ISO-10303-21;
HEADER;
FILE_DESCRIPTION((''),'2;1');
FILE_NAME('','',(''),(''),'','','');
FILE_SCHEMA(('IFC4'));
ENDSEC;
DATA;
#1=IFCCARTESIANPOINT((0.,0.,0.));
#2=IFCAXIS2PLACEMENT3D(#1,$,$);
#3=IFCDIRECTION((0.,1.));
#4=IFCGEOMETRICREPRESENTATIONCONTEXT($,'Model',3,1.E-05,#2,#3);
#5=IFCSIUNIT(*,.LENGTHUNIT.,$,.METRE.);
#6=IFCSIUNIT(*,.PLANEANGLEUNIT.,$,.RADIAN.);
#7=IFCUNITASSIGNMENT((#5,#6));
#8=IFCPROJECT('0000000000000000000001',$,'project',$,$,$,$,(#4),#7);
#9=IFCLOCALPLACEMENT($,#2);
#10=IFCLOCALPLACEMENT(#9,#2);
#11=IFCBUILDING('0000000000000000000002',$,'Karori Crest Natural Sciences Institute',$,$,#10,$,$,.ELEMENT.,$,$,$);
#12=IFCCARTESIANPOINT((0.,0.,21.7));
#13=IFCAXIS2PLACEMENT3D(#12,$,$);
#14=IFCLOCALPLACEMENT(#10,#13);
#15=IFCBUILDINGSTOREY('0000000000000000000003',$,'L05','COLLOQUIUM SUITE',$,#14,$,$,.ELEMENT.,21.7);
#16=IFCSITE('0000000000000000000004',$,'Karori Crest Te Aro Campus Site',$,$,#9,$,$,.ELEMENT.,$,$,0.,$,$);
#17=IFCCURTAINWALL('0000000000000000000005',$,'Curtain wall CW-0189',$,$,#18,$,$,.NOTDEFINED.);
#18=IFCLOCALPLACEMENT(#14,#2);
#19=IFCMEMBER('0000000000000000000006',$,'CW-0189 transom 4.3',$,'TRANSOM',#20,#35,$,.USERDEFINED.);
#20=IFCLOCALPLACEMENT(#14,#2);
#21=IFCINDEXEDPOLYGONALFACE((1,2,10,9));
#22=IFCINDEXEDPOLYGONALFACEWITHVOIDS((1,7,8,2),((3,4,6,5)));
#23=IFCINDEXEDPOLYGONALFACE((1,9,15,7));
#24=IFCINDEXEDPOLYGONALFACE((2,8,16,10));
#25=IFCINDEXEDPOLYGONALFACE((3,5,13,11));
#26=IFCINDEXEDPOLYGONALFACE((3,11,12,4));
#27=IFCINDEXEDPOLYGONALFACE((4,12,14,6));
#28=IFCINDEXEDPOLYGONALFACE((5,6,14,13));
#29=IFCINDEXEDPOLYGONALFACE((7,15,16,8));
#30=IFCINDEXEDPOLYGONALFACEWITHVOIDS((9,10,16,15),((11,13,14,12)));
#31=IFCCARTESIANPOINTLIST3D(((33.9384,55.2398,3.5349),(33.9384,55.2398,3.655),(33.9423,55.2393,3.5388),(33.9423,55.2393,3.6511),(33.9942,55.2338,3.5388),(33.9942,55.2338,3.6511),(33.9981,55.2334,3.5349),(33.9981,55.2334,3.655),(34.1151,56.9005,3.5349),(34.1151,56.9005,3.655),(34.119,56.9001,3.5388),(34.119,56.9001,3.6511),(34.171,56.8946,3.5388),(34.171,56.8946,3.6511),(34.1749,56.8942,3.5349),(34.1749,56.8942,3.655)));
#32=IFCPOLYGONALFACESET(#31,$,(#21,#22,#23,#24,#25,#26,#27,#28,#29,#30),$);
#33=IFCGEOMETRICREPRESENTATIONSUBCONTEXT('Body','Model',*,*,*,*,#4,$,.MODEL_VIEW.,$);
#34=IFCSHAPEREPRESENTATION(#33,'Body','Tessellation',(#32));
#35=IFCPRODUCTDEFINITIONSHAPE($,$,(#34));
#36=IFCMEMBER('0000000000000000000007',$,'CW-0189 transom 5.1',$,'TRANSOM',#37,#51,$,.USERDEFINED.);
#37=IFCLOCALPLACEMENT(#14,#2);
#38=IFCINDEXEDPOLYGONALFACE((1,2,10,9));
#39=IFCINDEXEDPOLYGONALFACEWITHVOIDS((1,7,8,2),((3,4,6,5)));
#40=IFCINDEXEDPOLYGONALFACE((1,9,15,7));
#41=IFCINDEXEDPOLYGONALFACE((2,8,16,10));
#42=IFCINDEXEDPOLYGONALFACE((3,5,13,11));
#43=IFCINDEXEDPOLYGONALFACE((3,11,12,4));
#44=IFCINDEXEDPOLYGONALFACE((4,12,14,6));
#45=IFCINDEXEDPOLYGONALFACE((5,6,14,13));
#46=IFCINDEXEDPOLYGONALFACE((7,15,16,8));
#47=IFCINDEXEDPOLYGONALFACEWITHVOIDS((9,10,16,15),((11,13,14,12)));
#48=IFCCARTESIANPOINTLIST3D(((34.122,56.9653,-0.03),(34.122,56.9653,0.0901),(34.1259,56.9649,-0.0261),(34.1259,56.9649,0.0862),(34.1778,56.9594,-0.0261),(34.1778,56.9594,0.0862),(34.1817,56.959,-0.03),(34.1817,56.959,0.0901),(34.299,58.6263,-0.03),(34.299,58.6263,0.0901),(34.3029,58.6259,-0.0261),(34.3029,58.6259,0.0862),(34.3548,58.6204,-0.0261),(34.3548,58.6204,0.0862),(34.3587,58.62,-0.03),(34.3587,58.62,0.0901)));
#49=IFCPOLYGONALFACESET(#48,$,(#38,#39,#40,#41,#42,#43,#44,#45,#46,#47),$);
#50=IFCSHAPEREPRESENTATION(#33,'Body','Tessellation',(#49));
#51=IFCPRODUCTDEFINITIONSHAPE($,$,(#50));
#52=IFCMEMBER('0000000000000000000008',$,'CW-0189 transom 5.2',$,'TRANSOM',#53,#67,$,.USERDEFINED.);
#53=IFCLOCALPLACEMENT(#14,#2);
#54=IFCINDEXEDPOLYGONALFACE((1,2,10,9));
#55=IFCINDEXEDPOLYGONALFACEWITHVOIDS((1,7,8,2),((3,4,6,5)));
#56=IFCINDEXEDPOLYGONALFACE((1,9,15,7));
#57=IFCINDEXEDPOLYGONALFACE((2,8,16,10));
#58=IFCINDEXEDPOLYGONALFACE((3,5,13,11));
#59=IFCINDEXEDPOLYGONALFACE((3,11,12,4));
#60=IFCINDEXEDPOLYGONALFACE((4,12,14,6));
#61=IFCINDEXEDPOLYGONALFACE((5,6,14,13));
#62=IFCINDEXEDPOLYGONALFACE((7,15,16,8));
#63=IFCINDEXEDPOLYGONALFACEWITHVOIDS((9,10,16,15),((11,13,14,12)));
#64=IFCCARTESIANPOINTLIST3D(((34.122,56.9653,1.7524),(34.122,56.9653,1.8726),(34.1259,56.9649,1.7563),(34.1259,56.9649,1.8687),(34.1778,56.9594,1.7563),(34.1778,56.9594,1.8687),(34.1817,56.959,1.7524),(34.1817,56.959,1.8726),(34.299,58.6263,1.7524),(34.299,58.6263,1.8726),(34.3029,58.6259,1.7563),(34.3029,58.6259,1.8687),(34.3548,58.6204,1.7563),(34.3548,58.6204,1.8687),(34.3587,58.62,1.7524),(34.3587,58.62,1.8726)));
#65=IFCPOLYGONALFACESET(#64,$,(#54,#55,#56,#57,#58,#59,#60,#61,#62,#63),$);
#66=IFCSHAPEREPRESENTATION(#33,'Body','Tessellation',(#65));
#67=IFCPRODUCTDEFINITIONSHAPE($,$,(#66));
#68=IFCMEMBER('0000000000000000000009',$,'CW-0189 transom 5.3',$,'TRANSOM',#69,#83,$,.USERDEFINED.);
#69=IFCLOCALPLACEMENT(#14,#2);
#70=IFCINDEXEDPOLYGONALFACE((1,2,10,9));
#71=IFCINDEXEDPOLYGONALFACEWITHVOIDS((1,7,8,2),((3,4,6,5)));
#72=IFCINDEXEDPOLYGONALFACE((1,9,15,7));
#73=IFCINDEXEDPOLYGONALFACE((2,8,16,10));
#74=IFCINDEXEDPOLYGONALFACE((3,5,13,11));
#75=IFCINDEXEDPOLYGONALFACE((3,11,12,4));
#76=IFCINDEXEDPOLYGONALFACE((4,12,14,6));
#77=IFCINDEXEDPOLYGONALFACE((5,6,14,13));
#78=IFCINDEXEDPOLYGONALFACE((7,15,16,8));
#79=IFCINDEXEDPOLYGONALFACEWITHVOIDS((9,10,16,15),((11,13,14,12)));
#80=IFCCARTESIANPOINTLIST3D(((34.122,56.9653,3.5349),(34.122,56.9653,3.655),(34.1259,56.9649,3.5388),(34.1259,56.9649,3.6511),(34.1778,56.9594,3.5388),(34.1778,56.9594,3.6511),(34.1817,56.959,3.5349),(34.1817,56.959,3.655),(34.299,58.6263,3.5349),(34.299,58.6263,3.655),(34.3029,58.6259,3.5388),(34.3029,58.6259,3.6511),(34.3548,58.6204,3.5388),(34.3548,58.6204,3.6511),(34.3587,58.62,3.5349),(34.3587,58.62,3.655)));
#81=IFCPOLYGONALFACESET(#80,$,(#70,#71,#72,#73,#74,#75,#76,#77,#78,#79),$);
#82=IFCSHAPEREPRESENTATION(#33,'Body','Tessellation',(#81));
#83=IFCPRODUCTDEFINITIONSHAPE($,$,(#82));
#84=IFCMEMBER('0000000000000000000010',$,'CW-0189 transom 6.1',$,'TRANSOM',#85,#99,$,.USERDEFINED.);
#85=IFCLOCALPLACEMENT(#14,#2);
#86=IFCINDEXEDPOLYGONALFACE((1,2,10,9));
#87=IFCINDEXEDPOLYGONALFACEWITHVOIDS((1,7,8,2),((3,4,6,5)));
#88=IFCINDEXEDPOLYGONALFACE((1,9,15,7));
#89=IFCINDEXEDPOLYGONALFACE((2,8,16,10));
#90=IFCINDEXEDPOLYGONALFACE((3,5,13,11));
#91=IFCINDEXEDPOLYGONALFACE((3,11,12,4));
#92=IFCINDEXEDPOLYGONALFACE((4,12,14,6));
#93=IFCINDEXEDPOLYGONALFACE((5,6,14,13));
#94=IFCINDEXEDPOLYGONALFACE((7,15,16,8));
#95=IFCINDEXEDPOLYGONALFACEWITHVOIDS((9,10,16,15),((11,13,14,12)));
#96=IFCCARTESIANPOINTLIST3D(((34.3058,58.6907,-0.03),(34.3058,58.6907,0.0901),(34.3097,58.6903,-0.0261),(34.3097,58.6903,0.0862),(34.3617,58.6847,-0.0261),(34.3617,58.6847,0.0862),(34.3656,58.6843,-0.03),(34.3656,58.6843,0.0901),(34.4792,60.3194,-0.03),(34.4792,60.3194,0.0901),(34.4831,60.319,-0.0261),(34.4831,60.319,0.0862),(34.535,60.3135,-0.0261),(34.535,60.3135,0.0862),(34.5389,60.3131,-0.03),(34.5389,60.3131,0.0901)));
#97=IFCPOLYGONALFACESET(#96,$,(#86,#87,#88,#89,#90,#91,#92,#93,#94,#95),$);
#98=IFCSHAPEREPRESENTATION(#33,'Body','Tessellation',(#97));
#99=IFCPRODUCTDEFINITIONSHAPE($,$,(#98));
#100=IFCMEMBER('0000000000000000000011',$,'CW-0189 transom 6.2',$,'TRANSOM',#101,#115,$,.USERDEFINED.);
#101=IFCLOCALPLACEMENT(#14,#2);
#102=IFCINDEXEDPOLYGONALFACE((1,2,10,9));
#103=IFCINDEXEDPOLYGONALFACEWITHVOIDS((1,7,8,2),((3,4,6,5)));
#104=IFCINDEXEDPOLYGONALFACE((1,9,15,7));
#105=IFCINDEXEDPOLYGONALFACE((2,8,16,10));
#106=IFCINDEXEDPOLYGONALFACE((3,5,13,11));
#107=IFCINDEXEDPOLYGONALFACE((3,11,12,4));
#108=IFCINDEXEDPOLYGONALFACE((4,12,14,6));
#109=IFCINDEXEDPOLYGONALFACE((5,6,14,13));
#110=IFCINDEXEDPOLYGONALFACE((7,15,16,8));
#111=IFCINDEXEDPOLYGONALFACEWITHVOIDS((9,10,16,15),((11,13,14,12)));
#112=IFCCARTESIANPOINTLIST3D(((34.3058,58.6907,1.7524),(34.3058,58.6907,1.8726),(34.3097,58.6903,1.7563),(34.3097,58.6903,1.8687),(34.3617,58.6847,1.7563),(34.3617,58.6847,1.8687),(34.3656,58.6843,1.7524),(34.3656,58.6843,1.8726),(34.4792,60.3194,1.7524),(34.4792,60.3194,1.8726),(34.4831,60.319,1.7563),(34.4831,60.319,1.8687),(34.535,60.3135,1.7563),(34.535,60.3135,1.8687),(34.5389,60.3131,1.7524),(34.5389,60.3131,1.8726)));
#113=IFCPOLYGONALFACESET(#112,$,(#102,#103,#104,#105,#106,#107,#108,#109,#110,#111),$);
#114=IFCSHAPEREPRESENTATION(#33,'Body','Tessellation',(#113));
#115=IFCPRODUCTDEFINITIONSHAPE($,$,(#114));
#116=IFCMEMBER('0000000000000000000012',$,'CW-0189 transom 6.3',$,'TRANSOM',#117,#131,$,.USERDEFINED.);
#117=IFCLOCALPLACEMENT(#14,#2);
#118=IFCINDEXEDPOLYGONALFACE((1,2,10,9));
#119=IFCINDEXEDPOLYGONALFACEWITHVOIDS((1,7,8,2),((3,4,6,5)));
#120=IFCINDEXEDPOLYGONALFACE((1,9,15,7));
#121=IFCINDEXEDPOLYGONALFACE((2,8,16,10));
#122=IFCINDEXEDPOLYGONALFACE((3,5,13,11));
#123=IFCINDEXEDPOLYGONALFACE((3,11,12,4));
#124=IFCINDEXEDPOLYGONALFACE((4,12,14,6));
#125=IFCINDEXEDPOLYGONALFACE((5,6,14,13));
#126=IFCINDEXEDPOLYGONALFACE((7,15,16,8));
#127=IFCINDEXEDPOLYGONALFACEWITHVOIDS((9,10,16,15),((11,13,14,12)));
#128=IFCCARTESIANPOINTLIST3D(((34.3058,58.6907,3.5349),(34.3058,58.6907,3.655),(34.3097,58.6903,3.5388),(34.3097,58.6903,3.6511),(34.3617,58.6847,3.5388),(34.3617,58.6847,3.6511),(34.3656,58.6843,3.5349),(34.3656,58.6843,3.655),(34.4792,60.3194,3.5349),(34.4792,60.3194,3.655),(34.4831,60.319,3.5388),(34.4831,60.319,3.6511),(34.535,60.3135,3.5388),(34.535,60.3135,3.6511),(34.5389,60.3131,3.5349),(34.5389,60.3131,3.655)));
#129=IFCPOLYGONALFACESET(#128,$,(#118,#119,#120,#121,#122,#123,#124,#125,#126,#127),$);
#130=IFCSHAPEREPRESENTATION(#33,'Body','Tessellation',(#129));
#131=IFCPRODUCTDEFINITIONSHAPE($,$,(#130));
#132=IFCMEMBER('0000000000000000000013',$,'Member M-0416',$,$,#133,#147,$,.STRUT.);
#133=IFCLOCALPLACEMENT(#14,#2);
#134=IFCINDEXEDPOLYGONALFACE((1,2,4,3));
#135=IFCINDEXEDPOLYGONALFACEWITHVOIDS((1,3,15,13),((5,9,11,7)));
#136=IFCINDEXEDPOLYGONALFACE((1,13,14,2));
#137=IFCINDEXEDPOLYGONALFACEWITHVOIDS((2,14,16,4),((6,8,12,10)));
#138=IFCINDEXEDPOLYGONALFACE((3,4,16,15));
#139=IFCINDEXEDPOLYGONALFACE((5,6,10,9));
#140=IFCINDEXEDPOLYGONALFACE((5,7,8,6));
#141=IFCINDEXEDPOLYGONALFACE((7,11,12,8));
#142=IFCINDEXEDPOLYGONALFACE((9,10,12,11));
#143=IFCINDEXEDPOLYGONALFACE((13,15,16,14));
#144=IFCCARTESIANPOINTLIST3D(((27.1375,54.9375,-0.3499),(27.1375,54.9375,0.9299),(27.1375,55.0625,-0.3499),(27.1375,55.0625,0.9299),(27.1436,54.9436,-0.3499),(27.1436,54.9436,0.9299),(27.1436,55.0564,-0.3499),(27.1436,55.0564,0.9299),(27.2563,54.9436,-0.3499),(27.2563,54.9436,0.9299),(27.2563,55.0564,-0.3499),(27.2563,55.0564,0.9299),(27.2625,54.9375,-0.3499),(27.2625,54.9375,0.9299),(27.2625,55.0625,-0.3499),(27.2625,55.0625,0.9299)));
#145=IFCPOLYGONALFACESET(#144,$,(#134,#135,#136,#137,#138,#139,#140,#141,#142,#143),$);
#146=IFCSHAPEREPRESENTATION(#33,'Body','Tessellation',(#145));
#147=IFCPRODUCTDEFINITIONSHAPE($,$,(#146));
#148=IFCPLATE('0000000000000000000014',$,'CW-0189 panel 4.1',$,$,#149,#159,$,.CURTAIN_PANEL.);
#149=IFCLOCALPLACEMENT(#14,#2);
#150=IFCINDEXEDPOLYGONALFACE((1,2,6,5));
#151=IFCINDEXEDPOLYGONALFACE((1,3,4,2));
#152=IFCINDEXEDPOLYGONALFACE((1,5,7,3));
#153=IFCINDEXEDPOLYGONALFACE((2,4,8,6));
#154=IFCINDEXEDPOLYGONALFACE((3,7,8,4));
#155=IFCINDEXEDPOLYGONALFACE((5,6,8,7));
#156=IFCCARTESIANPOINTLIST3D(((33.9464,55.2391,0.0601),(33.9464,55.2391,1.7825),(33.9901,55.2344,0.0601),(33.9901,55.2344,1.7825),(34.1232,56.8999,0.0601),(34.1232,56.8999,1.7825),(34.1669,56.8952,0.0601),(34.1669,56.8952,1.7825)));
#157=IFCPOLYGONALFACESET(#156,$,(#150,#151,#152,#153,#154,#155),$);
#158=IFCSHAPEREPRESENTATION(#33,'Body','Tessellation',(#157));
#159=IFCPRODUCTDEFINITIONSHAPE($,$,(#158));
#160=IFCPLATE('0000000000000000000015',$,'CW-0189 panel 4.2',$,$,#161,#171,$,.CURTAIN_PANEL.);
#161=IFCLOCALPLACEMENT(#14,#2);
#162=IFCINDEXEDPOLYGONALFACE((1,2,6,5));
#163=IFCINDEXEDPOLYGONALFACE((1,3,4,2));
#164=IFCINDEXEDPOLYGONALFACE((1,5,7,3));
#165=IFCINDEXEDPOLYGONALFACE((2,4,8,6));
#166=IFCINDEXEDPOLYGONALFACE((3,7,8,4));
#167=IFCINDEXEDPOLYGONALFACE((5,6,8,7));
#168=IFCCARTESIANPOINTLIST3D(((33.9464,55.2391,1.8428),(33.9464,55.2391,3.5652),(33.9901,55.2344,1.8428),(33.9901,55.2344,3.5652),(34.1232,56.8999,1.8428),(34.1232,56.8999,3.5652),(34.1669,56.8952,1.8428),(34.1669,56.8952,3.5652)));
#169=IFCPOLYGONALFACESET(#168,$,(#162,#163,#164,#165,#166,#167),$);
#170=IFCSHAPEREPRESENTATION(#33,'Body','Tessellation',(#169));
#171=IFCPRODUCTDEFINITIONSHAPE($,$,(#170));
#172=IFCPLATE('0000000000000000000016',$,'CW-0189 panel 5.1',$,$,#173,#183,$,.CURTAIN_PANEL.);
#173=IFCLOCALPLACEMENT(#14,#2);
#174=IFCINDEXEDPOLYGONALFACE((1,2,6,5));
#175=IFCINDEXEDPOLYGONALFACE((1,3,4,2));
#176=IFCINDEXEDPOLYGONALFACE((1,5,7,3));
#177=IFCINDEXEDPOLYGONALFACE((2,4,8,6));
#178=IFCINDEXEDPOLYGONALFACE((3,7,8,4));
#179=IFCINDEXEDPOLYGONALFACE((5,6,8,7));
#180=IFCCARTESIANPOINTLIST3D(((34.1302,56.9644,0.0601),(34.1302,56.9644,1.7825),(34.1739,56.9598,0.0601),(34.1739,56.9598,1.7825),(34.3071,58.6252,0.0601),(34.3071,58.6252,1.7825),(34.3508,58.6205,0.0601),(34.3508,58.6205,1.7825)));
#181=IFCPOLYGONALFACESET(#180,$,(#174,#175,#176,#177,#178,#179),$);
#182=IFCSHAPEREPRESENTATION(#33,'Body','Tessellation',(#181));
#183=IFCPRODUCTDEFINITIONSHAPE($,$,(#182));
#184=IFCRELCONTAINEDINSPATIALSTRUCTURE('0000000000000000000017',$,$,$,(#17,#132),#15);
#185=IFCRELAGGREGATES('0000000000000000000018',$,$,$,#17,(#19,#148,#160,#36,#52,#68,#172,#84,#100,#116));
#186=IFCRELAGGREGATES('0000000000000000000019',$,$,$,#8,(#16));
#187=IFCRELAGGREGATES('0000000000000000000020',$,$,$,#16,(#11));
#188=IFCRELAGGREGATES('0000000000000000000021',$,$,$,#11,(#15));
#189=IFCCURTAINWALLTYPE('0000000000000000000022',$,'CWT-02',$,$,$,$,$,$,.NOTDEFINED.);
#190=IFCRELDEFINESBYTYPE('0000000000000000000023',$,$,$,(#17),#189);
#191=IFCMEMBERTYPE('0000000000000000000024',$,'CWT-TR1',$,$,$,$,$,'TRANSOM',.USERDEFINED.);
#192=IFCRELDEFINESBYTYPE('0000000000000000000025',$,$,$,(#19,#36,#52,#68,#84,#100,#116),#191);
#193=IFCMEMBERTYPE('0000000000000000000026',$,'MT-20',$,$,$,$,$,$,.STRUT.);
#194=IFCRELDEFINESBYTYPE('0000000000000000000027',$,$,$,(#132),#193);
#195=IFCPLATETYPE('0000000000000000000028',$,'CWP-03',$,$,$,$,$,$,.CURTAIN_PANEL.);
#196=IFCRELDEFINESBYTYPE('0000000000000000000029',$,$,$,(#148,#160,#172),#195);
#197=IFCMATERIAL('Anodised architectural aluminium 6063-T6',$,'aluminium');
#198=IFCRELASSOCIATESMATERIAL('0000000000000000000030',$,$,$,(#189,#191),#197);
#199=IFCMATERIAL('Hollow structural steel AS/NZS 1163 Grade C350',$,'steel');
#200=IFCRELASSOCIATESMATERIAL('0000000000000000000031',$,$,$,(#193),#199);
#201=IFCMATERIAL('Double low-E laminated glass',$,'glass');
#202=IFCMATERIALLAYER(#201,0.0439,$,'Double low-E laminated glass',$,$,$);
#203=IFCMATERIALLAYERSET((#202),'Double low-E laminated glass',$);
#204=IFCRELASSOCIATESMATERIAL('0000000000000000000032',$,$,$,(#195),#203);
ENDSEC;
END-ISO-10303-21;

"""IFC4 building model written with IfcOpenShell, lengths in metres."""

from ifc_helpers import new_model, si_unit, direction, frame, origin, origin_2d, place, context, subcontext, project, spatial, rectangle, hollow_rectangle, extrude, material, layer, layer_set, material_profile, profile_set, type_object, element, aggregate, save


model = new_model("IFC4")

# Units and contexts
model_context = context("Model", 3, precision=1e-05, world=origin(), true_north=direction((0.0, 1.0)))
body_context = subcontext(model_context, "Body", "Model", "MODEL_VIEW")
ifc_project = project(units=[si_unit("LENGTHUNIT", "METRE"), si_unit("PLANEANGLEUNIT", "RADIAN")], contexts=[model_context])

# Site, building, storey
site_placement = place(None, origin())
site = spatial("IfcSite", under=ifc_project, at=site_placement, Name="Karori Crest Te Aro Campus Site", CompositionType="ELEMENT", RefElevation=0.0)
building_placement = place(site_placement, origin())
building = spatial("IfcBuilding", under=site, at=building_placement, Name="Karori Crest Natural Sciences Institute", CompositionType="ELEMENT")
storey_placement = place(building_placement, frame((0.0, 0.0, 21.7)))
storey = spatial("IfcBuildingStorey", under=building, at=storey_placement, Name="L05", Description="COLLOQUIUM SUITE", CompositionType="ELEMENT", Elevation=21.7)

# Shared definitions
ifc_material_1 = material(Name="Hollow structural steel AS/NZS 1163 Grade C350", Category="steel")

# Shared definitions
ifc_material_2 = material(Name="Anodised architectural aluminium 6063-T6", Category="aluminium")

# Curtain wall, members
curtain_wall_type_1 = type_object("IfcCurtainWallType", Name="CWT-02", PredefinedType="NOTDEFINED", material=ifc_material_2)
curtain_wall_1_placement = place(storey_placement, origin())
curtain_wall_1 = element("IfcCurtainWall", 1, at=curtain_wall_1_placement, inside=storey, type_object=curtain_wall_type_1, Name="Curtain wall CW-0189", PredefinedType="NOTDEFINED")
ifc_material_profile_1 = material_profile(ifc_material_2, hollow_rectangle(XDim=0.0601, YDim=0.1201, WallThickness=0.0039, at=origin_2d()), Name="CWT120x60x4")
ifc_profile_set_1 = profile_set([ifc_material_profile_1], Name="Anodised architectural aluminium 6063-T6")
member_type_1 = type_object("IfcMemberType", Name="CWT-TR1", ElementType="TRANSOM", PredefinedType="USERDEFINED", material=ifc_profile_set_1)
member_1_placement = place(storey_placement, frame((33.9683, 55.2366, 3.595), z_axis=(0.105826, 0.994385, 0.0), x_axis=(-0.994385, 0.105826, 0.0)))
member_1 = element("IfcMember", 2, at=member_1_placement, type_object=member_type_1, Name="CW-0189 transom 4.3", ObjectType="TRANSOM", PredefinedType="USERDEFINED", context=body_context, shape_type="SweptSolid", body=[
    extrude(hollow_rectangle(XDim=0.0601, YDim=0.1201, WallThickness=0.0039, at=origin_2d()), origin(), (0.0, 0.0, 1.0), 1.6702),
])
member_2_placement = place(storey_placement, frame((34.1519, 56.9622, 0.03), z_axis=(0.105971, 0.994369, 0.0), x_axis=(-0.994369, 0.105971, 0.0)))
member_2 = element("IfcMember", 3, at=member_2_placement, type_object=member_type_1, Name="CW-0189 transom 5.1", ObjectType="TRANSOM", PredefinedType="USERDEFINED", context=body_context, shape_type="SweptSolid", body=[
    extrude(hollow_rectangle(XDim=0.0601, YDim=0.1201, WallThickness=0.0039, at=origin_2d()), origin(), (0.0, 0.0, 1.0), 1.6704),
])
member_3_placement = place(storey_placement, frame((34.1519, 56.9622, 1.8125), z_axis=(0.105971, 0.994369, 0.0), x_axis=(-0.994369, 0.105971, 0.0)))
member_3 = element("IfcMember", 4, at=member_3_placement, type_object=member_type_1, Name="CW-0189 transom 5.2", ObjectType="TRANSOM", PredefinedType="USERDEFINED", context=body_context, shape_type="SweptSolid", body=[
    extrude(hollow_rectangle(XDim=0.0601, YDim=0.1201, WallThickness=0.0039, at=origin_2d()), origin(), (0.0, 0.0, 1.0), 1.6704),
])
member_4_placement = place(storey_placement, frame((34.1519, 56.9622, 3.595), z_axis=(0.105971, 0.994369, 0.0), x_axis=(-0.994369, 0.105971, 0.0)))
member_4 = element("IfcMember", 5, at=member_4_placement, type_object=member_type_1, Name="CW-0189 transom 5.3", ObjectType="TRANSOM", PredefinedType="USERDEFINED", context=body_context, shape_type="SweptSolid", body=[
    extrude(hollow_rectangle(XDim=0.0601, YDim=0.1201, WallThickness=0.0039, at=origin_2d()), origin(), (0.0, 0.0, 1.0), 1.6704),
])
member_5_placement = place(storey_placement, frame((34.3357, 58.6875, 0.03), z_axis=(0.105833, 0.994384, 0.0), x_axis=(-0.994384, 0.105833, 0.0)))
member_5 = element("IfcMember", 6, at=member_5_placement, type_object=member_type_1, Name="CW-0189 transom 6.1", ObjectType="TRANSOM", PredefinedType="USERDEFINED", context=body_context, shape_type="SweptSolid", body=[
    extrude(hollow_rectangle(XDim=0.0601, YDim=0.1201, WallThickness=0.0039, at=origin_2d()), origin(), (0.0, 0.0, 1.0), 1.6379),
])
member_6_placement = place(storey_placement, frame((34.3357, 58.6875, 1.8125), z_axis=(0.105833, 0.994384, 0.0), x_axis=(-0.994384, 0.105833, 0.0)))
member_6 = element("IfcMember", 7, at=member_6_placement, type_object=member_type_1, Name="CW-0189 transom 6.2", ObjectType="TRANSOM", PredefinedType="USERDEFINED", context=body_context, shape_type="SweptSolid", body=[
    extrude(hollow_rectangle(XDim=0.0601, YDim=0.1201, WallThickness=0.0039, at=origin_2d()), origin(), (0.0, 0.0, 1.0), 1.6379),
])
member_7_placement = place(storey_placement, frame((34.3357, 58.6875, 3.595), z_axis=(0.105833, 0.994384, 0.0), x_axis=(-0.994384, 0.105833, 0.0)))
member_7 = element("IfcMember", 8, at=member_7_placement, type_object=member_type_1, Name="CW-0189 transom 6.3", ObjectType="TRANSOM", PredefinedType="USERDEFINED", context=body_context, shape_type="SweptSolid", body=[
    extrude(hollow_rectangle(XDim=0.0601, YDim=0.1201, WallThickness=0.0039, at=origin_2d()), origin(), (0.0, 0.0, 1.0), 1.6379),
])

# Member
ifc_material_profile_2 = material_profile(ifc_material_1, hollow_rectangle(XDim=0.125, YDim=0.125, WallThickness=0.0061, at=origin_2d()), Name="SHS125x125x6")
ifc_profile_set_2 = profile_set([ifc_material_profile_2], Name="Hollow structural steel AS/NZS 1163 Grade C350")
member_type_2 = type_object("IfcMemberType", Name="MT-20", PredefinedType="STRUT", material=ifc_profile_set_2)
member_8_placement = place(storey_placement, frame((27.2, 55.0, -0.3499), z_axis=(0.0, 0.0, 1.0), x_axis=(1.0, 0.0, 0.0)))
element("IfcMember", 9, at=member_8_placement, inside=storey, type_object=member_type_2, Name="Member M-0416", PredefinedType="STRUT", context=body_context, shape_type="SweptSolid", body=[
    extrude(hollow_rectangle(XDim=0.125, YDim=0.125, WallThickness=0.0061, at=origin_2d()), origin(), (0.0, 0.0, 1.0), 1.2798),
])

# Plates
ifc_material_3 = material(Name="Double low-E laminated glass", Category="glass")
ifc_layer_1 = layer(ifc_material_3, 0.0439, Name="Double low-E laminated glass")
ifc_layer_set_1 = layer_set([ifc_layer_1], Name="Double low-E laminated glass")
plate_type_1 = type_object("IfcPlateType", Name="CWP-03", PredefinedType="CURTAIN_PANEL", material=ifc_layer_set_1)
plate_1_placement = place(storey_placement, frame((34.0566, 56.0671, 0.0601), z_axis=(0.0, 0.0, 1.0), x_axis=(0.105886, 0.994378, 0.0)))
plate_1 = element("IfcPlate", 10, at=plate_1_placement, type_object=plate_type_1, Name="CW-0189 panel 4.1", PredefinedType="CURTAIN_PANEL", context=body_context, shape_type="SweptSolid", body=[
    extrude(rectangle(XDim=1.6702, YDim=0.0439, at=origin_2d()), origin(), (0.0, 0.0, 1.0), 1.7224),
])
plate_2_placement = place(storey_placement, frame((34.0566, 56.0671, 1.8428), z_axis=(0.0, 0.0, 1.0), x_axis=(0.105886, 0.994378, 0.0)))
plate_2 = element("IfcPlate", 11, at=plate_2_placement, type_object=plate_type_1, Name="CW-0189 panel 4.2", PredefinedType="CURTAIN_PANEL", context=body_context, shape_type="SweptSolid", body=[
    extrude(rectangle(XDim=1.6702, YDim=0.0439, at=origin_2d()), origin(), (0.0, 0.0, 1.0), 1.7224),
])
plate_3_placement = place(storey_placement, frame((34.2405, 57.7925, 0.0601), z_axis=(0.0, 0.0, 1.0), x_axis=(0.105886, 0.994378, 0.0)))
plate_3 = element("IfcPlate", 12, at=plate_3_placement, type_object=plate_type_1, Name="CW-0189 panel 5.1", PredefinedType="CURTAIN_PANEL", context=body_context, shape_type="SweptSolid", body=[
    extrude(rectangle(XDim=1.6702, YDim=0.0439, at=origin_2d()), origin(), (0.0, 0.0, 1.0), 1.7224),
])
aggregate(curtain_wall_1, [member_1, plate_1, plate_2, member_2, member_3, member_4, plate_3, member_5, member_6, member_7])

save(model, "model.ifc")
